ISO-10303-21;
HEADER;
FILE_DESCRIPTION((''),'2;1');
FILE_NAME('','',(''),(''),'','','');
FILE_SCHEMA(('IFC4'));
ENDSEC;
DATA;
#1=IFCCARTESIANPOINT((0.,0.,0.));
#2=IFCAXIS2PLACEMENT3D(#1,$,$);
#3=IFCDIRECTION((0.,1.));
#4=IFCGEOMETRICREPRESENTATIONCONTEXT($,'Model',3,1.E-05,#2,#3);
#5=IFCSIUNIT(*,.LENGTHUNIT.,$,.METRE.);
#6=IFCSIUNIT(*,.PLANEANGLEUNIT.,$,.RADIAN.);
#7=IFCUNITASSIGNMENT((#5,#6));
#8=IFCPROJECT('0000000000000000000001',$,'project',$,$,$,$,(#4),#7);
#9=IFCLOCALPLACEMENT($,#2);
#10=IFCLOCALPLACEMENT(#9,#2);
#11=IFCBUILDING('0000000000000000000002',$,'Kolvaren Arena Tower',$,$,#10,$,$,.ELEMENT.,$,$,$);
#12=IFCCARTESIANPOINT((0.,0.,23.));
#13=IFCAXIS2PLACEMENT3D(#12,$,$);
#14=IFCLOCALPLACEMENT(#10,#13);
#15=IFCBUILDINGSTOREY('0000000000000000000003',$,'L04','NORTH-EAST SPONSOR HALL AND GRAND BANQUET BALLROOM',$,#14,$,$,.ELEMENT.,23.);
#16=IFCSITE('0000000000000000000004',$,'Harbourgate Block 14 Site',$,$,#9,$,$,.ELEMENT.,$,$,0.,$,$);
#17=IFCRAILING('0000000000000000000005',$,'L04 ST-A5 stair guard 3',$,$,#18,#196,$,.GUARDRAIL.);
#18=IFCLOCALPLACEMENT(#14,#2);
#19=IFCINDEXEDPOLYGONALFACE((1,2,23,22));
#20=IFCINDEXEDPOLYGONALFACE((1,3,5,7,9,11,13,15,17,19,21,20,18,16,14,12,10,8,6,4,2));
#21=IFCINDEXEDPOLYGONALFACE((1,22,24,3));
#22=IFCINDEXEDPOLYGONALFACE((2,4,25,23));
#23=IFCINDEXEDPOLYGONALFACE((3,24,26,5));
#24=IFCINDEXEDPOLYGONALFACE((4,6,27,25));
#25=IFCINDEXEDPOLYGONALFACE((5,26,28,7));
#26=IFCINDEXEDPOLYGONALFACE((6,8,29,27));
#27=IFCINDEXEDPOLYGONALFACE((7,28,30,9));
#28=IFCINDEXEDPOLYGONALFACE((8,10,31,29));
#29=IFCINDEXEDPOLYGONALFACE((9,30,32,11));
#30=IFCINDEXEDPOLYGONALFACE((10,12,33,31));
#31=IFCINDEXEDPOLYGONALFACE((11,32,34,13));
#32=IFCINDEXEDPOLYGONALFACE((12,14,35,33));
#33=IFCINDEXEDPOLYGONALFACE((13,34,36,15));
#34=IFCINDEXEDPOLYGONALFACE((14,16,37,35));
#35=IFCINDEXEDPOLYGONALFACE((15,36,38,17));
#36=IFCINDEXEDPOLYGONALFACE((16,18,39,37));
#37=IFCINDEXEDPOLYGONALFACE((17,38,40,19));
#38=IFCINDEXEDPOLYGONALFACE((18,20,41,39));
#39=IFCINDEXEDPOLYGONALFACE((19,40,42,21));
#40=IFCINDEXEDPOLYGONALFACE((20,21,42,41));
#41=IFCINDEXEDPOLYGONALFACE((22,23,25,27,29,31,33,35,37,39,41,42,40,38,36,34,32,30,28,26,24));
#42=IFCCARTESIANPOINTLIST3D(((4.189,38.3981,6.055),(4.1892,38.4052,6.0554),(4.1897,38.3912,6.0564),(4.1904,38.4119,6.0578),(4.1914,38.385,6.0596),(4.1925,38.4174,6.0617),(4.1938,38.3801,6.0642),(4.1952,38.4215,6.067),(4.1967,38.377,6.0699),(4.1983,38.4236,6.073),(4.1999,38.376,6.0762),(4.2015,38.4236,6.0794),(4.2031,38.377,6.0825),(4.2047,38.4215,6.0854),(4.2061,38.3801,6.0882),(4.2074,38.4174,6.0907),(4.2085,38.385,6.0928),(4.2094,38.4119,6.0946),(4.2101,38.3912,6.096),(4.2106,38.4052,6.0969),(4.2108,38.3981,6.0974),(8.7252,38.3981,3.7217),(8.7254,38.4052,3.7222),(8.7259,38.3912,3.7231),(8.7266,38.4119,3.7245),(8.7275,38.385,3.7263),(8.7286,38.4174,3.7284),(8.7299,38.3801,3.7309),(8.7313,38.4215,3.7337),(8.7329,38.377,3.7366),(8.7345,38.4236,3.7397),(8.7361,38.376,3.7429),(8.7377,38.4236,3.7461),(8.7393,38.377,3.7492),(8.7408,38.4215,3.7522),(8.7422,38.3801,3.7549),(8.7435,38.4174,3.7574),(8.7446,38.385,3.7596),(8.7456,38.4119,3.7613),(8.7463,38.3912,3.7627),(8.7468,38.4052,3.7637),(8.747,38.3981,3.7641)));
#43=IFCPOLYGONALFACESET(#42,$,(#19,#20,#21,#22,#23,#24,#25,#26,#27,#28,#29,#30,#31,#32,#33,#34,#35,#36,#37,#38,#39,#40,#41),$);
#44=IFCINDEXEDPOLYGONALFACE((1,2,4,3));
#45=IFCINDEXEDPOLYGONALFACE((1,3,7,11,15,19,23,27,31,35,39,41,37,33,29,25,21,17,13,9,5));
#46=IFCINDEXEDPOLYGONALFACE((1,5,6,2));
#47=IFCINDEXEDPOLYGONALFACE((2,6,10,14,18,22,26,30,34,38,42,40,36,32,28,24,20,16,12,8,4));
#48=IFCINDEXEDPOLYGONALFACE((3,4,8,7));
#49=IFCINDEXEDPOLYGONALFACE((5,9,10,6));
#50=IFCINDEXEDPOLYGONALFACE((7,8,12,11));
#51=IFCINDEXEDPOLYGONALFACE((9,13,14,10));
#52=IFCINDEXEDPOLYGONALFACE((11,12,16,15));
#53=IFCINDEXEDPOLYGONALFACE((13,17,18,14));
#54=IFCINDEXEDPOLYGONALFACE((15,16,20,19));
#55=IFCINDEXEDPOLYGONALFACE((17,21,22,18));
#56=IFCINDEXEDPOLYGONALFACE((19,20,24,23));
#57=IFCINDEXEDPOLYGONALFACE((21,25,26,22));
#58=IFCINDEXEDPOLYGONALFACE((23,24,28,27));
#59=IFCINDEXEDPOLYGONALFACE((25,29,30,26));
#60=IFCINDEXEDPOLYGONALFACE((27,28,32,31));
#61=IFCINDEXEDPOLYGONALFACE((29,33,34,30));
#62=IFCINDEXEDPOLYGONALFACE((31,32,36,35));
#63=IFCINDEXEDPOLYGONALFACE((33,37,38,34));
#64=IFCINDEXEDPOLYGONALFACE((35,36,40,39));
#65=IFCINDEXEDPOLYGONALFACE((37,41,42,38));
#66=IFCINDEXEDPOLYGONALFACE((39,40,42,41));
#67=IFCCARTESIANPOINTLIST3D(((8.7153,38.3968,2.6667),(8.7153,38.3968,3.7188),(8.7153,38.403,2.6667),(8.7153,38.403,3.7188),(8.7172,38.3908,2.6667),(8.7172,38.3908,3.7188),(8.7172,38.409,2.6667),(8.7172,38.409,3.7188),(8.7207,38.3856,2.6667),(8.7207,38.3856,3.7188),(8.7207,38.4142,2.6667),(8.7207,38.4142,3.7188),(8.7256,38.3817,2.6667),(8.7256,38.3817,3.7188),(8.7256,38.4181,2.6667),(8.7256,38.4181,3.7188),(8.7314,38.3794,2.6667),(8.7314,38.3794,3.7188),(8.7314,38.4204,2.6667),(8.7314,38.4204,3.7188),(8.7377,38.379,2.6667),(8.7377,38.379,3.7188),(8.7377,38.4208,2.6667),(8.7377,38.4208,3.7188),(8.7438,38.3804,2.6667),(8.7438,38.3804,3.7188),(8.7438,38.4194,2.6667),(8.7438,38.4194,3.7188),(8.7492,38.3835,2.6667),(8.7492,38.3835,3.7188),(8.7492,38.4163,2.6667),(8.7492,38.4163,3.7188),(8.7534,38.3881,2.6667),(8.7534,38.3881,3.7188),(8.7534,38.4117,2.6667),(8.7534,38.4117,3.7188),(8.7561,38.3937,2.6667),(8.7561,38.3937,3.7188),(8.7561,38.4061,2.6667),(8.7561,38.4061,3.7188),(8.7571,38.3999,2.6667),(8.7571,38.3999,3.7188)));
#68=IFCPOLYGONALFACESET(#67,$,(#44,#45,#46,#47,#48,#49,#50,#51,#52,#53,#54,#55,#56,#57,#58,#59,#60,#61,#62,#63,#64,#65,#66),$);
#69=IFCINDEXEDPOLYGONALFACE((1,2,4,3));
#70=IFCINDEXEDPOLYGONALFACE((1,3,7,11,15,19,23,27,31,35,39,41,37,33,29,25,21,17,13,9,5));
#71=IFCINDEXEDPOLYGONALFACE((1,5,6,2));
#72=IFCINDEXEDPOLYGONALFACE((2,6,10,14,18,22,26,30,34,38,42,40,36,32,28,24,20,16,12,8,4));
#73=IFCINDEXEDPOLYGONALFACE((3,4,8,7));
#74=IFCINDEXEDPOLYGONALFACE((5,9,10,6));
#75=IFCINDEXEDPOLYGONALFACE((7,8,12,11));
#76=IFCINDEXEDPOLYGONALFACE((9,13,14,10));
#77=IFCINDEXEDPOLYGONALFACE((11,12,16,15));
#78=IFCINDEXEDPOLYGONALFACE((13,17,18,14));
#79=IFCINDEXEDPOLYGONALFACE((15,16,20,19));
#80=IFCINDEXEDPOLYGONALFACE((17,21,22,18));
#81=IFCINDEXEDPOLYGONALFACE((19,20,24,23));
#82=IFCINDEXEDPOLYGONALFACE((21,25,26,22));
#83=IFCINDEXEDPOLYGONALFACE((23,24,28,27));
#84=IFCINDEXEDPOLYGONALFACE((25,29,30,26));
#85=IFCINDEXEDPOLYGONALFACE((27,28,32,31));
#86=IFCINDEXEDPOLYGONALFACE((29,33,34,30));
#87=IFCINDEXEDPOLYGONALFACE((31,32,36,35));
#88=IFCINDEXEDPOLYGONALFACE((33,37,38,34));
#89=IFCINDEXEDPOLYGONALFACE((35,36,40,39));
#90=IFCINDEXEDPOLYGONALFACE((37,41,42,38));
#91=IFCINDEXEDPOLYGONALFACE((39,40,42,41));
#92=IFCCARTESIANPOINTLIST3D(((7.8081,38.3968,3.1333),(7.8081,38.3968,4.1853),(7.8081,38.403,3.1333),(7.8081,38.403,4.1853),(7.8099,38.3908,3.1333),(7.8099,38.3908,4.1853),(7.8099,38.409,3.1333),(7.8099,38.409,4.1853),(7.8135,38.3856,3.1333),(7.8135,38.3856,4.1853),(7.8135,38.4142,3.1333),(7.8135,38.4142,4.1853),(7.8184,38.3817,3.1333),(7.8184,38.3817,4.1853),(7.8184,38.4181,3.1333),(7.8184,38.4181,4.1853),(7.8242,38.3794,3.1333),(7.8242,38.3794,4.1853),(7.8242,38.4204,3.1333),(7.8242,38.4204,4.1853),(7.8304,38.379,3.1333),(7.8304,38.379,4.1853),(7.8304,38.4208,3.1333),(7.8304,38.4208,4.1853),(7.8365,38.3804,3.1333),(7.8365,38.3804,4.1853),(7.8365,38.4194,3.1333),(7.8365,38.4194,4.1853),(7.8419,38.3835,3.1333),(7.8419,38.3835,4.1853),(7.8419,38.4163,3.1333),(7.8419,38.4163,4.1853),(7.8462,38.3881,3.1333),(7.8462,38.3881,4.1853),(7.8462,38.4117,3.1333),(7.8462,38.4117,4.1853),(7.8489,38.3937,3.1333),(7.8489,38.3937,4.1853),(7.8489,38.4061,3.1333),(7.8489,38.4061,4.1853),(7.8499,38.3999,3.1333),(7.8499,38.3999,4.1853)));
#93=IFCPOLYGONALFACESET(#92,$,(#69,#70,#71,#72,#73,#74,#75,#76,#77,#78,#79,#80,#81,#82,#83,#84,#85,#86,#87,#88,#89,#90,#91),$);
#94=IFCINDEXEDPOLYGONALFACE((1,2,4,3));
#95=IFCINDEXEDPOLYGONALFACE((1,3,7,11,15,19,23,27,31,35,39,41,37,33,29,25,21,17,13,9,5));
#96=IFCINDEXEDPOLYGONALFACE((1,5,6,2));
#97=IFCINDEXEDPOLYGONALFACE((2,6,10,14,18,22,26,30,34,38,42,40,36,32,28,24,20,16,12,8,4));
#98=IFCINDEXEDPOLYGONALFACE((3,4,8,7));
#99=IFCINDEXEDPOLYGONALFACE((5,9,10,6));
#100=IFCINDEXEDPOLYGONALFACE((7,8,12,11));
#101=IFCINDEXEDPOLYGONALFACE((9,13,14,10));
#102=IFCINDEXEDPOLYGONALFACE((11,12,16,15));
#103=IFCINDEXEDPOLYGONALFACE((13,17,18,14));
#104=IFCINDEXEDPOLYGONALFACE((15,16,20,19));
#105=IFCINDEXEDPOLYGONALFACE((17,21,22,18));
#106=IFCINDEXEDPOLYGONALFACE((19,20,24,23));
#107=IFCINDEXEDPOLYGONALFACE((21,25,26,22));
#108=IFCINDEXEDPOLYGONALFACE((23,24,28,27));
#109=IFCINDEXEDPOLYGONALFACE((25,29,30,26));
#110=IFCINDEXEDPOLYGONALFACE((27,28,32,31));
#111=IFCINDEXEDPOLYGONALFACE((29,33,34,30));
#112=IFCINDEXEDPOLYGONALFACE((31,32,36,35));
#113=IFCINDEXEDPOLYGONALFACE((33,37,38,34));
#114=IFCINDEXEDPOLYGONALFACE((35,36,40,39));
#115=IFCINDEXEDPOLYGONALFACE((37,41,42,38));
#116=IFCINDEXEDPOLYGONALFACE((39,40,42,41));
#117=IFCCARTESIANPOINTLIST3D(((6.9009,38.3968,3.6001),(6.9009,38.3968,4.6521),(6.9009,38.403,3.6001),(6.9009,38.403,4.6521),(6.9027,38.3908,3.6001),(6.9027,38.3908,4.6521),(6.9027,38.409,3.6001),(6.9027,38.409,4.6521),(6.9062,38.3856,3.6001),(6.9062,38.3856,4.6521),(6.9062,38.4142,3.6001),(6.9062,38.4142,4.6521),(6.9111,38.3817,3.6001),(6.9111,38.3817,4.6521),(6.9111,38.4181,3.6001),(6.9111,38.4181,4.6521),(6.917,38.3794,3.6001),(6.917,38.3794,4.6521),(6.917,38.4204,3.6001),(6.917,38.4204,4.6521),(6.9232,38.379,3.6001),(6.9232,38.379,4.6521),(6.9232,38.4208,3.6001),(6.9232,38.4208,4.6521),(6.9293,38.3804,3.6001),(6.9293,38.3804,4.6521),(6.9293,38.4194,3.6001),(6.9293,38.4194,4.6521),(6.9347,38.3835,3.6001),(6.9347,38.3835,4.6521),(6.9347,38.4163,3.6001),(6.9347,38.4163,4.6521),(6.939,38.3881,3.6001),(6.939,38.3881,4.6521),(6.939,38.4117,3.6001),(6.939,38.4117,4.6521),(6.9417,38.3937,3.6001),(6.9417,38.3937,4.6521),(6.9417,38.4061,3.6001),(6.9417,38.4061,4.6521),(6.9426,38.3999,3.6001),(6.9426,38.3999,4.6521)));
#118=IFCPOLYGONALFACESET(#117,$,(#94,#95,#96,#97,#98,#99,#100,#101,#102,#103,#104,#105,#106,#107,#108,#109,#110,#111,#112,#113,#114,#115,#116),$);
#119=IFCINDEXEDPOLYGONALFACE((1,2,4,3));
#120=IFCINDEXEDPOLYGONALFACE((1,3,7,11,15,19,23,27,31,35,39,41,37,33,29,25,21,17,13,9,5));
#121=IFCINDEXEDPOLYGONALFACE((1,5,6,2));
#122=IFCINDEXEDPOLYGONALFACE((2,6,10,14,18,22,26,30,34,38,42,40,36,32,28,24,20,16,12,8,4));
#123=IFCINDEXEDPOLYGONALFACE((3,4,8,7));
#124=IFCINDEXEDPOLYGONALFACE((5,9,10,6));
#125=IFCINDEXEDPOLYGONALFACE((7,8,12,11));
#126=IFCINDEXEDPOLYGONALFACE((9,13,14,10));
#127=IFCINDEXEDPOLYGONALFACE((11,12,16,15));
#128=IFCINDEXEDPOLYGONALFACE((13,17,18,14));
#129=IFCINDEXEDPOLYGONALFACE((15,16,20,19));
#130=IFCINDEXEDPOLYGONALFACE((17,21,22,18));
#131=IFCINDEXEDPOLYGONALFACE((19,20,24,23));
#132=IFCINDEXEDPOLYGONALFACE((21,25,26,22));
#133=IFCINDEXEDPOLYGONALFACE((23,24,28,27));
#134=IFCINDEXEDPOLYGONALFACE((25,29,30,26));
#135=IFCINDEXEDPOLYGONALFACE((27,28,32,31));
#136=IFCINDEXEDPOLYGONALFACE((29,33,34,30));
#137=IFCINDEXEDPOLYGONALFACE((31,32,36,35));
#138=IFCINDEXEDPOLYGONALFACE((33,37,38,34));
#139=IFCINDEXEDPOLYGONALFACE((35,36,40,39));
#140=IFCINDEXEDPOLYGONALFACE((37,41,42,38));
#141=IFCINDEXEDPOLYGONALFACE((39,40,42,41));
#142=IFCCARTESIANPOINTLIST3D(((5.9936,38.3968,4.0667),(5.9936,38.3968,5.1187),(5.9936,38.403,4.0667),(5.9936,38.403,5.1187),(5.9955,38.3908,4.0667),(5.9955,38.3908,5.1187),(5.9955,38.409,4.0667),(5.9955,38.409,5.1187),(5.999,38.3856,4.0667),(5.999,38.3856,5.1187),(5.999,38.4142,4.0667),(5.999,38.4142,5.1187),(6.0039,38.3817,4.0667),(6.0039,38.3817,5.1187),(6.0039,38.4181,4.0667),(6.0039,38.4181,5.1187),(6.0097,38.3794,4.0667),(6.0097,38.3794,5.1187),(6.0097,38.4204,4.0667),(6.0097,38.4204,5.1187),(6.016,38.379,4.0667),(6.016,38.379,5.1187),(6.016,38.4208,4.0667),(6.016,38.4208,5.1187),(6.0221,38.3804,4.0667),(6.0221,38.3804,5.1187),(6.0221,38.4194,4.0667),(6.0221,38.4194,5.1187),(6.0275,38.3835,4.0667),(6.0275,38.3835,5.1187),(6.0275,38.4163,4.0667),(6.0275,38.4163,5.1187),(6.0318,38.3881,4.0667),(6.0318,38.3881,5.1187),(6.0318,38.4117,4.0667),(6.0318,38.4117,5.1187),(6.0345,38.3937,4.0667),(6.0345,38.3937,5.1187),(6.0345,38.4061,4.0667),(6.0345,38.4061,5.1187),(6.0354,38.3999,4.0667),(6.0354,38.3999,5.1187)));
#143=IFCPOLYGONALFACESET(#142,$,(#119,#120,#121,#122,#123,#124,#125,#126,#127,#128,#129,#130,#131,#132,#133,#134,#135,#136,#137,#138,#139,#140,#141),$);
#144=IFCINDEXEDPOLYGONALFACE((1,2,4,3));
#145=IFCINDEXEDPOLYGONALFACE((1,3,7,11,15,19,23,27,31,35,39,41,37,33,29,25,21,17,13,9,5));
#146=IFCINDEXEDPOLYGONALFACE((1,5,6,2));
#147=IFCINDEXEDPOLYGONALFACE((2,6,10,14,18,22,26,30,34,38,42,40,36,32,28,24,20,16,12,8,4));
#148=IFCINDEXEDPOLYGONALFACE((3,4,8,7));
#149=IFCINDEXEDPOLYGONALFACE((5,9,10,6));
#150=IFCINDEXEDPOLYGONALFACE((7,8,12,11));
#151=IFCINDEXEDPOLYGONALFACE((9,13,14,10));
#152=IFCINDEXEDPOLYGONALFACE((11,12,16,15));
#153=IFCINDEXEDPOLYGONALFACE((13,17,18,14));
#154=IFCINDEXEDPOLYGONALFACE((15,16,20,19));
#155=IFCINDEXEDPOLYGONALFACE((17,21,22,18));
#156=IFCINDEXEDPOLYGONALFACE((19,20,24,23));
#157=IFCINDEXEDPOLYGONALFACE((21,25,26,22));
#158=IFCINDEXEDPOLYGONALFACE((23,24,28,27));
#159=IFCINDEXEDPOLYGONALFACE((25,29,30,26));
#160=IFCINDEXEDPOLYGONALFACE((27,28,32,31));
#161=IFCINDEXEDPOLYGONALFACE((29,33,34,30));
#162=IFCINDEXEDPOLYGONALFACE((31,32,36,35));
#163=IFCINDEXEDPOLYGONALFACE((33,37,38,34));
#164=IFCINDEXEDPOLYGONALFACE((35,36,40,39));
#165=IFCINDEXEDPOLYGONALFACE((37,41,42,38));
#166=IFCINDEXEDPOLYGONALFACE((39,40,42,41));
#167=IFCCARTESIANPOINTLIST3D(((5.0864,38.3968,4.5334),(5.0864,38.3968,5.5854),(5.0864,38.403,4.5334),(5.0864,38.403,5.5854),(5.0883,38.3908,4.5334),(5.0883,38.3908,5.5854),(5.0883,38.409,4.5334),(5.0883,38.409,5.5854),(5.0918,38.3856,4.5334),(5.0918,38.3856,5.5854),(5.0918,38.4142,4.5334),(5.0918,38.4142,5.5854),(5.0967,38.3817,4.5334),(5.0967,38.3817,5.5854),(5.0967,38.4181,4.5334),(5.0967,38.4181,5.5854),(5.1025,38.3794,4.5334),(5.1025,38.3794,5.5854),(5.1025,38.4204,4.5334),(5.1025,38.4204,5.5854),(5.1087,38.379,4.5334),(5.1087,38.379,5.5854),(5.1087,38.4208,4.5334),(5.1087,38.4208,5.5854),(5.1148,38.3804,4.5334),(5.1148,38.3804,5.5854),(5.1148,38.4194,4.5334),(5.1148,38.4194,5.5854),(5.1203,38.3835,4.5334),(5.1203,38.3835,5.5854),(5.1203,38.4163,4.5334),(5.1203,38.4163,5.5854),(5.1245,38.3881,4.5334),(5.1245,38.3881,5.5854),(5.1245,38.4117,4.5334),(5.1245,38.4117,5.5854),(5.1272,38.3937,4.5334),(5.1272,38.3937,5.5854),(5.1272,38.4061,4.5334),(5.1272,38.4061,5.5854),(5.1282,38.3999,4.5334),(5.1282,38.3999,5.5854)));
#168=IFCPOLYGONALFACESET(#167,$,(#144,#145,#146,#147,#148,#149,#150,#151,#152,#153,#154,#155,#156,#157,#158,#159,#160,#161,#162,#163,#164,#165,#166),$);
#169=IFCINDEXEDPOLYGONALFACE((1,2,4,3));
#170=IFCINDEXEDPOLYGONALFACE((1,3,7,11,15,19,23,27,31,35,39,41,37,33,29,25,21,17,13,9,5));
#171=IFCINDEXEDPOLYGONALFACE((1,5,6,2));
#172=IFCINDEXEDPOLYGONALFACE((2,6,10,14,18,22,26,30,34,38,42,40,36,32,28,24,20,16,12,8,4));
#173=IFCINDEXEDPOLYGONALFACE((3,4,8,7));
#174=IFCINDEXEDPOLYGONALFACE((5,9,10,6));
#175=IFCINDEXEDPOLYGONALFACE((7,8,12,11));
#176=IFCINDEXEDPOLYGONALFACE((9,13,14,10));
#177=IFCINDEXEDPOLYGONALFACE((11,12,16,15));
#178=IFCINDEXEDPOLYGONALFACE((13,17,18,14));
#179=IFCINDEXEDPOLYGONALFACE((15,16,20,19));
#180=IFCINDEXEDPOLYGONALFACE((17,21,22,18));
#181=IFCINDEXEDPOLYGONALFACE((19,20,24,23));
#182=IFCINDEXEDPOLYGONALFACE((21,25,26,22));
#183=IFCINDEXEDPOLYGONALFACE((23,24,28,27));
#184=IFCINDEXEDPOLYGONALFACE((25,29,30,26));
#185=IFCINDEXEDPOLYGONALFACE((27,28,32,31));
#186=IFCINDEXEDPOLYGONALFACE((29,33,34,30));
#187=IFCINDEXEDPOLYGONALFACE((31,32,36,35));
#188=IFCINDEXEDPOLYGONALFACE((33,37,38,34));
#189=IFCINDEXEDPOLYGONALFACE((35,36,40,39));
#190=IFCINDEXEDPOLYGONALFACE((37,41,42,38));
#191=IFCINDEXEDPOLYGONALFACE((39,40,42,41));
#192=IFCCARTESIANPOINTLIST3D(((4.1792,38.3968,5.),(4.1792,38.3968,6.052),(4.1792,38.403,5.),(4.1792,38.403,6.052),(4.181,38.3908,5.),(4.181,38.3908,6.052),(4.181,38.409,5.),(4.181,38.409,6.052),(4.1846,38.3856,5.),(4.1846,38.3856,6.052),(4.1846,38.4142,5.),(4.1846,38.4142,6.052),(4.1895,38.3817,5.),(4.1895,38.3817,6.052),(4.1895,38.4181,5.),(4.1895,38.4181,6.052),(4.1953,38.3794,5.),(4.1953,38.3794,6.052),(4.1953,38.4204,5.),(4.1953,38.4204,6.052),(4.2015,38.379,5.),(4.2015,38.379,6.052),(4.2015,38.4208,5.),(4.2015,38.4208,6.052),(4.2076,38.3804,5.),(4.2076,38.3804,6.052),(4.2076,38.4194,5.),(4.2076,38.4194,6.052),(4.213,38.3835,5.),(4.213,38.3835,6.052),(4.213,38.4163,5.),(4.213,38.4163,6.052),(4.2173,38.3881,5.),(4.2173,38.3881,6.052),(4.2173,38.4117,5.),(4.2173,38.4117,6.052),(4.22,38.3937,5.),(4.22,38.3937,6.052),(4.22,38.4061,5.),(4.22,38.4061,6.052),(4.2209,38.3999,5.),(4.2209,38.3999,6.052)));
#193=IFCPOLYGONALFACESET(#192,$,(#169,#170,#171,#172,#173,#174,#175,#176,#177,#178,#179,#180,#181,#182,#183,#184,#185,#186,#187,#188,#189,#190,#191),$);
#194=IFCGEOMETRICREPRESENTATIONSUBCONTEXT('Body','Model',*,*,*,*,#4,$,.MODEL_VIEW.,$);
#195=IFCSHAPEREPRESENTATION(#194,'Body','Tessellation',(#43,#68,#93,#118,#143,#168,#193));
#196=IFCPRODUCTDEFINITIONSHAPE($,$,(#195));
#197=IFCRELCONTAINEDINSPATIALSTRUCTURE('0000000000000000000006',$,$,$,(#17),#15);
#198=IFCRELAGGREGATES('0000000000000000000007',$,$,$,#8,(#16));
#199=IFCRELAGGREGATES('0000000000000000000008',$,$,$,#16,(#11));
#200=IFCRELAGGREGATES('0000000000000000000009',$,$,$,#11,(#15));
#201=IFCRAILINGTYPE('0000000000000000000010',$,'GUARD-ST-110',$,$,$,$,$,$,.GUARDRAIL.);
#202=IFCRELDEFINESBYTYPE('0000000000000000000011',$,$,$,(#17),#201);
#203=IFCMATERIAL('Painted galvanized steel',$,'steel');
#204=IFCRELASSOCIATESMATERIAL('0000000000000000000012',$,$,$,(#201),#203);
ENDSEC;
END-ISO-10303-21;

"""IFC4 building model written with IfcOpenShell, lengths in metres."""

from ifc_helpers import new_model, si_unit, direction, frame, origin, origin_2d, place, context, subcontext, project, spatial, circle, extrude, material, type_object, element, save


model = new_model("IFC4")

# Units and contexts
model_context = context("Model", 3, precision=1e-05, world=origin(), true_north=direction((0.0, 1.0)))
body_context = subcontext(model_context, "Body", "Model", "MODEL_VIEW")
ifc_project = project(units=[si_unit("LENGTHUNIT", "METRE"), si_unit("PLANEANGLEUNIT", "RADIAN")], contexts=[model_context])

# Site, building, storey
site_placement = place(None, origin())
site = spatial("IfcSite", under=ifc_project, at=site_placement, Name="Harbourgate Block 14 Site", CompositionType="ELEMENT", RefElevation=0.0)
building_placement = place(site_placement, origin())
building = spatial("IfcBuilding", under=site, at=building_placement, Name="Kolvaren Arena Tower", CompositionType="ELEMENT")
storey_placement = place(building_placement, frame((0.0, 0.0, 23.0)))
storey = spatial("IfcBuildingStorey", under=building, at=storey_placement, Name="L04", Description="NORTH-EAST SPONSOR HALL AND GRAND BANQUET BALLROOM", CompositionType="ELEMENT", Elevation=23.0)

# Railing
ifc_material_1 = material(Name="Painted galvanized steel", Category="steel")
railing_type_1 = type_object("IfcRailingType", Name="GUARD-ST-110", PredefinedType="GUARDRAIL", material=ifc_material_1)
railing_1_placement = place(storey_placement, frame((8.7361, 38.3999, 2.6667)))
element("IfcRailing", 1, at=railing_1_placement, inside=storey, type_object=railing_type_1, Name="L04 ST-A5 stair guard 3", PredefinedType="GUARDRAIL", context=body_context, shape_type="SweptSolid", body=[
    extrude(circle(Radius=0.0239, at=origin_2d()), frame((0.0, 0.0, 1.0762), z_axis=(-0.889257, 0.0, 0.457407), x_axis=(0.0, -1.0, 0.0)), (0.0, 0.0, 1.0), 5.1011),
    extrude(circle(Radius=0.021, at=origin_2d()), origin(), (0.0, 0.0, 1.0), 1.052),
    extrude(circle(Radius=0.021, at=origin_2d()), frame((-0.9072, 0.0, 0.4666)), (0.0, 0.0, 1.0), 1.052),
    extrude(circle(Radius=0.021, at=origin_2d()), frame((-1.8145, 0.0, 0.9333)), (0.0, 0.0, 1.0), 1.052),
    extrude(circle(Radius=0.021, at=origin_2d()), frame((-2.7217, 0.0, 1.3999)), (0.0, 0.0, 1.0), 1.052),
    extrude(circle(Radius=0.021, at=origin_2d()), frame((-3.6289, 0.0, 1.8667)), (0.0, 0.0, 1.0), 1.052),
    extrude(circle(Radius=0.021, at=origin_2d()), frame((-4.5361, 0.0, 2.3333)), (0.0, 0.0, 1.0), 1.052),
])

save(model, "model.ifc")
